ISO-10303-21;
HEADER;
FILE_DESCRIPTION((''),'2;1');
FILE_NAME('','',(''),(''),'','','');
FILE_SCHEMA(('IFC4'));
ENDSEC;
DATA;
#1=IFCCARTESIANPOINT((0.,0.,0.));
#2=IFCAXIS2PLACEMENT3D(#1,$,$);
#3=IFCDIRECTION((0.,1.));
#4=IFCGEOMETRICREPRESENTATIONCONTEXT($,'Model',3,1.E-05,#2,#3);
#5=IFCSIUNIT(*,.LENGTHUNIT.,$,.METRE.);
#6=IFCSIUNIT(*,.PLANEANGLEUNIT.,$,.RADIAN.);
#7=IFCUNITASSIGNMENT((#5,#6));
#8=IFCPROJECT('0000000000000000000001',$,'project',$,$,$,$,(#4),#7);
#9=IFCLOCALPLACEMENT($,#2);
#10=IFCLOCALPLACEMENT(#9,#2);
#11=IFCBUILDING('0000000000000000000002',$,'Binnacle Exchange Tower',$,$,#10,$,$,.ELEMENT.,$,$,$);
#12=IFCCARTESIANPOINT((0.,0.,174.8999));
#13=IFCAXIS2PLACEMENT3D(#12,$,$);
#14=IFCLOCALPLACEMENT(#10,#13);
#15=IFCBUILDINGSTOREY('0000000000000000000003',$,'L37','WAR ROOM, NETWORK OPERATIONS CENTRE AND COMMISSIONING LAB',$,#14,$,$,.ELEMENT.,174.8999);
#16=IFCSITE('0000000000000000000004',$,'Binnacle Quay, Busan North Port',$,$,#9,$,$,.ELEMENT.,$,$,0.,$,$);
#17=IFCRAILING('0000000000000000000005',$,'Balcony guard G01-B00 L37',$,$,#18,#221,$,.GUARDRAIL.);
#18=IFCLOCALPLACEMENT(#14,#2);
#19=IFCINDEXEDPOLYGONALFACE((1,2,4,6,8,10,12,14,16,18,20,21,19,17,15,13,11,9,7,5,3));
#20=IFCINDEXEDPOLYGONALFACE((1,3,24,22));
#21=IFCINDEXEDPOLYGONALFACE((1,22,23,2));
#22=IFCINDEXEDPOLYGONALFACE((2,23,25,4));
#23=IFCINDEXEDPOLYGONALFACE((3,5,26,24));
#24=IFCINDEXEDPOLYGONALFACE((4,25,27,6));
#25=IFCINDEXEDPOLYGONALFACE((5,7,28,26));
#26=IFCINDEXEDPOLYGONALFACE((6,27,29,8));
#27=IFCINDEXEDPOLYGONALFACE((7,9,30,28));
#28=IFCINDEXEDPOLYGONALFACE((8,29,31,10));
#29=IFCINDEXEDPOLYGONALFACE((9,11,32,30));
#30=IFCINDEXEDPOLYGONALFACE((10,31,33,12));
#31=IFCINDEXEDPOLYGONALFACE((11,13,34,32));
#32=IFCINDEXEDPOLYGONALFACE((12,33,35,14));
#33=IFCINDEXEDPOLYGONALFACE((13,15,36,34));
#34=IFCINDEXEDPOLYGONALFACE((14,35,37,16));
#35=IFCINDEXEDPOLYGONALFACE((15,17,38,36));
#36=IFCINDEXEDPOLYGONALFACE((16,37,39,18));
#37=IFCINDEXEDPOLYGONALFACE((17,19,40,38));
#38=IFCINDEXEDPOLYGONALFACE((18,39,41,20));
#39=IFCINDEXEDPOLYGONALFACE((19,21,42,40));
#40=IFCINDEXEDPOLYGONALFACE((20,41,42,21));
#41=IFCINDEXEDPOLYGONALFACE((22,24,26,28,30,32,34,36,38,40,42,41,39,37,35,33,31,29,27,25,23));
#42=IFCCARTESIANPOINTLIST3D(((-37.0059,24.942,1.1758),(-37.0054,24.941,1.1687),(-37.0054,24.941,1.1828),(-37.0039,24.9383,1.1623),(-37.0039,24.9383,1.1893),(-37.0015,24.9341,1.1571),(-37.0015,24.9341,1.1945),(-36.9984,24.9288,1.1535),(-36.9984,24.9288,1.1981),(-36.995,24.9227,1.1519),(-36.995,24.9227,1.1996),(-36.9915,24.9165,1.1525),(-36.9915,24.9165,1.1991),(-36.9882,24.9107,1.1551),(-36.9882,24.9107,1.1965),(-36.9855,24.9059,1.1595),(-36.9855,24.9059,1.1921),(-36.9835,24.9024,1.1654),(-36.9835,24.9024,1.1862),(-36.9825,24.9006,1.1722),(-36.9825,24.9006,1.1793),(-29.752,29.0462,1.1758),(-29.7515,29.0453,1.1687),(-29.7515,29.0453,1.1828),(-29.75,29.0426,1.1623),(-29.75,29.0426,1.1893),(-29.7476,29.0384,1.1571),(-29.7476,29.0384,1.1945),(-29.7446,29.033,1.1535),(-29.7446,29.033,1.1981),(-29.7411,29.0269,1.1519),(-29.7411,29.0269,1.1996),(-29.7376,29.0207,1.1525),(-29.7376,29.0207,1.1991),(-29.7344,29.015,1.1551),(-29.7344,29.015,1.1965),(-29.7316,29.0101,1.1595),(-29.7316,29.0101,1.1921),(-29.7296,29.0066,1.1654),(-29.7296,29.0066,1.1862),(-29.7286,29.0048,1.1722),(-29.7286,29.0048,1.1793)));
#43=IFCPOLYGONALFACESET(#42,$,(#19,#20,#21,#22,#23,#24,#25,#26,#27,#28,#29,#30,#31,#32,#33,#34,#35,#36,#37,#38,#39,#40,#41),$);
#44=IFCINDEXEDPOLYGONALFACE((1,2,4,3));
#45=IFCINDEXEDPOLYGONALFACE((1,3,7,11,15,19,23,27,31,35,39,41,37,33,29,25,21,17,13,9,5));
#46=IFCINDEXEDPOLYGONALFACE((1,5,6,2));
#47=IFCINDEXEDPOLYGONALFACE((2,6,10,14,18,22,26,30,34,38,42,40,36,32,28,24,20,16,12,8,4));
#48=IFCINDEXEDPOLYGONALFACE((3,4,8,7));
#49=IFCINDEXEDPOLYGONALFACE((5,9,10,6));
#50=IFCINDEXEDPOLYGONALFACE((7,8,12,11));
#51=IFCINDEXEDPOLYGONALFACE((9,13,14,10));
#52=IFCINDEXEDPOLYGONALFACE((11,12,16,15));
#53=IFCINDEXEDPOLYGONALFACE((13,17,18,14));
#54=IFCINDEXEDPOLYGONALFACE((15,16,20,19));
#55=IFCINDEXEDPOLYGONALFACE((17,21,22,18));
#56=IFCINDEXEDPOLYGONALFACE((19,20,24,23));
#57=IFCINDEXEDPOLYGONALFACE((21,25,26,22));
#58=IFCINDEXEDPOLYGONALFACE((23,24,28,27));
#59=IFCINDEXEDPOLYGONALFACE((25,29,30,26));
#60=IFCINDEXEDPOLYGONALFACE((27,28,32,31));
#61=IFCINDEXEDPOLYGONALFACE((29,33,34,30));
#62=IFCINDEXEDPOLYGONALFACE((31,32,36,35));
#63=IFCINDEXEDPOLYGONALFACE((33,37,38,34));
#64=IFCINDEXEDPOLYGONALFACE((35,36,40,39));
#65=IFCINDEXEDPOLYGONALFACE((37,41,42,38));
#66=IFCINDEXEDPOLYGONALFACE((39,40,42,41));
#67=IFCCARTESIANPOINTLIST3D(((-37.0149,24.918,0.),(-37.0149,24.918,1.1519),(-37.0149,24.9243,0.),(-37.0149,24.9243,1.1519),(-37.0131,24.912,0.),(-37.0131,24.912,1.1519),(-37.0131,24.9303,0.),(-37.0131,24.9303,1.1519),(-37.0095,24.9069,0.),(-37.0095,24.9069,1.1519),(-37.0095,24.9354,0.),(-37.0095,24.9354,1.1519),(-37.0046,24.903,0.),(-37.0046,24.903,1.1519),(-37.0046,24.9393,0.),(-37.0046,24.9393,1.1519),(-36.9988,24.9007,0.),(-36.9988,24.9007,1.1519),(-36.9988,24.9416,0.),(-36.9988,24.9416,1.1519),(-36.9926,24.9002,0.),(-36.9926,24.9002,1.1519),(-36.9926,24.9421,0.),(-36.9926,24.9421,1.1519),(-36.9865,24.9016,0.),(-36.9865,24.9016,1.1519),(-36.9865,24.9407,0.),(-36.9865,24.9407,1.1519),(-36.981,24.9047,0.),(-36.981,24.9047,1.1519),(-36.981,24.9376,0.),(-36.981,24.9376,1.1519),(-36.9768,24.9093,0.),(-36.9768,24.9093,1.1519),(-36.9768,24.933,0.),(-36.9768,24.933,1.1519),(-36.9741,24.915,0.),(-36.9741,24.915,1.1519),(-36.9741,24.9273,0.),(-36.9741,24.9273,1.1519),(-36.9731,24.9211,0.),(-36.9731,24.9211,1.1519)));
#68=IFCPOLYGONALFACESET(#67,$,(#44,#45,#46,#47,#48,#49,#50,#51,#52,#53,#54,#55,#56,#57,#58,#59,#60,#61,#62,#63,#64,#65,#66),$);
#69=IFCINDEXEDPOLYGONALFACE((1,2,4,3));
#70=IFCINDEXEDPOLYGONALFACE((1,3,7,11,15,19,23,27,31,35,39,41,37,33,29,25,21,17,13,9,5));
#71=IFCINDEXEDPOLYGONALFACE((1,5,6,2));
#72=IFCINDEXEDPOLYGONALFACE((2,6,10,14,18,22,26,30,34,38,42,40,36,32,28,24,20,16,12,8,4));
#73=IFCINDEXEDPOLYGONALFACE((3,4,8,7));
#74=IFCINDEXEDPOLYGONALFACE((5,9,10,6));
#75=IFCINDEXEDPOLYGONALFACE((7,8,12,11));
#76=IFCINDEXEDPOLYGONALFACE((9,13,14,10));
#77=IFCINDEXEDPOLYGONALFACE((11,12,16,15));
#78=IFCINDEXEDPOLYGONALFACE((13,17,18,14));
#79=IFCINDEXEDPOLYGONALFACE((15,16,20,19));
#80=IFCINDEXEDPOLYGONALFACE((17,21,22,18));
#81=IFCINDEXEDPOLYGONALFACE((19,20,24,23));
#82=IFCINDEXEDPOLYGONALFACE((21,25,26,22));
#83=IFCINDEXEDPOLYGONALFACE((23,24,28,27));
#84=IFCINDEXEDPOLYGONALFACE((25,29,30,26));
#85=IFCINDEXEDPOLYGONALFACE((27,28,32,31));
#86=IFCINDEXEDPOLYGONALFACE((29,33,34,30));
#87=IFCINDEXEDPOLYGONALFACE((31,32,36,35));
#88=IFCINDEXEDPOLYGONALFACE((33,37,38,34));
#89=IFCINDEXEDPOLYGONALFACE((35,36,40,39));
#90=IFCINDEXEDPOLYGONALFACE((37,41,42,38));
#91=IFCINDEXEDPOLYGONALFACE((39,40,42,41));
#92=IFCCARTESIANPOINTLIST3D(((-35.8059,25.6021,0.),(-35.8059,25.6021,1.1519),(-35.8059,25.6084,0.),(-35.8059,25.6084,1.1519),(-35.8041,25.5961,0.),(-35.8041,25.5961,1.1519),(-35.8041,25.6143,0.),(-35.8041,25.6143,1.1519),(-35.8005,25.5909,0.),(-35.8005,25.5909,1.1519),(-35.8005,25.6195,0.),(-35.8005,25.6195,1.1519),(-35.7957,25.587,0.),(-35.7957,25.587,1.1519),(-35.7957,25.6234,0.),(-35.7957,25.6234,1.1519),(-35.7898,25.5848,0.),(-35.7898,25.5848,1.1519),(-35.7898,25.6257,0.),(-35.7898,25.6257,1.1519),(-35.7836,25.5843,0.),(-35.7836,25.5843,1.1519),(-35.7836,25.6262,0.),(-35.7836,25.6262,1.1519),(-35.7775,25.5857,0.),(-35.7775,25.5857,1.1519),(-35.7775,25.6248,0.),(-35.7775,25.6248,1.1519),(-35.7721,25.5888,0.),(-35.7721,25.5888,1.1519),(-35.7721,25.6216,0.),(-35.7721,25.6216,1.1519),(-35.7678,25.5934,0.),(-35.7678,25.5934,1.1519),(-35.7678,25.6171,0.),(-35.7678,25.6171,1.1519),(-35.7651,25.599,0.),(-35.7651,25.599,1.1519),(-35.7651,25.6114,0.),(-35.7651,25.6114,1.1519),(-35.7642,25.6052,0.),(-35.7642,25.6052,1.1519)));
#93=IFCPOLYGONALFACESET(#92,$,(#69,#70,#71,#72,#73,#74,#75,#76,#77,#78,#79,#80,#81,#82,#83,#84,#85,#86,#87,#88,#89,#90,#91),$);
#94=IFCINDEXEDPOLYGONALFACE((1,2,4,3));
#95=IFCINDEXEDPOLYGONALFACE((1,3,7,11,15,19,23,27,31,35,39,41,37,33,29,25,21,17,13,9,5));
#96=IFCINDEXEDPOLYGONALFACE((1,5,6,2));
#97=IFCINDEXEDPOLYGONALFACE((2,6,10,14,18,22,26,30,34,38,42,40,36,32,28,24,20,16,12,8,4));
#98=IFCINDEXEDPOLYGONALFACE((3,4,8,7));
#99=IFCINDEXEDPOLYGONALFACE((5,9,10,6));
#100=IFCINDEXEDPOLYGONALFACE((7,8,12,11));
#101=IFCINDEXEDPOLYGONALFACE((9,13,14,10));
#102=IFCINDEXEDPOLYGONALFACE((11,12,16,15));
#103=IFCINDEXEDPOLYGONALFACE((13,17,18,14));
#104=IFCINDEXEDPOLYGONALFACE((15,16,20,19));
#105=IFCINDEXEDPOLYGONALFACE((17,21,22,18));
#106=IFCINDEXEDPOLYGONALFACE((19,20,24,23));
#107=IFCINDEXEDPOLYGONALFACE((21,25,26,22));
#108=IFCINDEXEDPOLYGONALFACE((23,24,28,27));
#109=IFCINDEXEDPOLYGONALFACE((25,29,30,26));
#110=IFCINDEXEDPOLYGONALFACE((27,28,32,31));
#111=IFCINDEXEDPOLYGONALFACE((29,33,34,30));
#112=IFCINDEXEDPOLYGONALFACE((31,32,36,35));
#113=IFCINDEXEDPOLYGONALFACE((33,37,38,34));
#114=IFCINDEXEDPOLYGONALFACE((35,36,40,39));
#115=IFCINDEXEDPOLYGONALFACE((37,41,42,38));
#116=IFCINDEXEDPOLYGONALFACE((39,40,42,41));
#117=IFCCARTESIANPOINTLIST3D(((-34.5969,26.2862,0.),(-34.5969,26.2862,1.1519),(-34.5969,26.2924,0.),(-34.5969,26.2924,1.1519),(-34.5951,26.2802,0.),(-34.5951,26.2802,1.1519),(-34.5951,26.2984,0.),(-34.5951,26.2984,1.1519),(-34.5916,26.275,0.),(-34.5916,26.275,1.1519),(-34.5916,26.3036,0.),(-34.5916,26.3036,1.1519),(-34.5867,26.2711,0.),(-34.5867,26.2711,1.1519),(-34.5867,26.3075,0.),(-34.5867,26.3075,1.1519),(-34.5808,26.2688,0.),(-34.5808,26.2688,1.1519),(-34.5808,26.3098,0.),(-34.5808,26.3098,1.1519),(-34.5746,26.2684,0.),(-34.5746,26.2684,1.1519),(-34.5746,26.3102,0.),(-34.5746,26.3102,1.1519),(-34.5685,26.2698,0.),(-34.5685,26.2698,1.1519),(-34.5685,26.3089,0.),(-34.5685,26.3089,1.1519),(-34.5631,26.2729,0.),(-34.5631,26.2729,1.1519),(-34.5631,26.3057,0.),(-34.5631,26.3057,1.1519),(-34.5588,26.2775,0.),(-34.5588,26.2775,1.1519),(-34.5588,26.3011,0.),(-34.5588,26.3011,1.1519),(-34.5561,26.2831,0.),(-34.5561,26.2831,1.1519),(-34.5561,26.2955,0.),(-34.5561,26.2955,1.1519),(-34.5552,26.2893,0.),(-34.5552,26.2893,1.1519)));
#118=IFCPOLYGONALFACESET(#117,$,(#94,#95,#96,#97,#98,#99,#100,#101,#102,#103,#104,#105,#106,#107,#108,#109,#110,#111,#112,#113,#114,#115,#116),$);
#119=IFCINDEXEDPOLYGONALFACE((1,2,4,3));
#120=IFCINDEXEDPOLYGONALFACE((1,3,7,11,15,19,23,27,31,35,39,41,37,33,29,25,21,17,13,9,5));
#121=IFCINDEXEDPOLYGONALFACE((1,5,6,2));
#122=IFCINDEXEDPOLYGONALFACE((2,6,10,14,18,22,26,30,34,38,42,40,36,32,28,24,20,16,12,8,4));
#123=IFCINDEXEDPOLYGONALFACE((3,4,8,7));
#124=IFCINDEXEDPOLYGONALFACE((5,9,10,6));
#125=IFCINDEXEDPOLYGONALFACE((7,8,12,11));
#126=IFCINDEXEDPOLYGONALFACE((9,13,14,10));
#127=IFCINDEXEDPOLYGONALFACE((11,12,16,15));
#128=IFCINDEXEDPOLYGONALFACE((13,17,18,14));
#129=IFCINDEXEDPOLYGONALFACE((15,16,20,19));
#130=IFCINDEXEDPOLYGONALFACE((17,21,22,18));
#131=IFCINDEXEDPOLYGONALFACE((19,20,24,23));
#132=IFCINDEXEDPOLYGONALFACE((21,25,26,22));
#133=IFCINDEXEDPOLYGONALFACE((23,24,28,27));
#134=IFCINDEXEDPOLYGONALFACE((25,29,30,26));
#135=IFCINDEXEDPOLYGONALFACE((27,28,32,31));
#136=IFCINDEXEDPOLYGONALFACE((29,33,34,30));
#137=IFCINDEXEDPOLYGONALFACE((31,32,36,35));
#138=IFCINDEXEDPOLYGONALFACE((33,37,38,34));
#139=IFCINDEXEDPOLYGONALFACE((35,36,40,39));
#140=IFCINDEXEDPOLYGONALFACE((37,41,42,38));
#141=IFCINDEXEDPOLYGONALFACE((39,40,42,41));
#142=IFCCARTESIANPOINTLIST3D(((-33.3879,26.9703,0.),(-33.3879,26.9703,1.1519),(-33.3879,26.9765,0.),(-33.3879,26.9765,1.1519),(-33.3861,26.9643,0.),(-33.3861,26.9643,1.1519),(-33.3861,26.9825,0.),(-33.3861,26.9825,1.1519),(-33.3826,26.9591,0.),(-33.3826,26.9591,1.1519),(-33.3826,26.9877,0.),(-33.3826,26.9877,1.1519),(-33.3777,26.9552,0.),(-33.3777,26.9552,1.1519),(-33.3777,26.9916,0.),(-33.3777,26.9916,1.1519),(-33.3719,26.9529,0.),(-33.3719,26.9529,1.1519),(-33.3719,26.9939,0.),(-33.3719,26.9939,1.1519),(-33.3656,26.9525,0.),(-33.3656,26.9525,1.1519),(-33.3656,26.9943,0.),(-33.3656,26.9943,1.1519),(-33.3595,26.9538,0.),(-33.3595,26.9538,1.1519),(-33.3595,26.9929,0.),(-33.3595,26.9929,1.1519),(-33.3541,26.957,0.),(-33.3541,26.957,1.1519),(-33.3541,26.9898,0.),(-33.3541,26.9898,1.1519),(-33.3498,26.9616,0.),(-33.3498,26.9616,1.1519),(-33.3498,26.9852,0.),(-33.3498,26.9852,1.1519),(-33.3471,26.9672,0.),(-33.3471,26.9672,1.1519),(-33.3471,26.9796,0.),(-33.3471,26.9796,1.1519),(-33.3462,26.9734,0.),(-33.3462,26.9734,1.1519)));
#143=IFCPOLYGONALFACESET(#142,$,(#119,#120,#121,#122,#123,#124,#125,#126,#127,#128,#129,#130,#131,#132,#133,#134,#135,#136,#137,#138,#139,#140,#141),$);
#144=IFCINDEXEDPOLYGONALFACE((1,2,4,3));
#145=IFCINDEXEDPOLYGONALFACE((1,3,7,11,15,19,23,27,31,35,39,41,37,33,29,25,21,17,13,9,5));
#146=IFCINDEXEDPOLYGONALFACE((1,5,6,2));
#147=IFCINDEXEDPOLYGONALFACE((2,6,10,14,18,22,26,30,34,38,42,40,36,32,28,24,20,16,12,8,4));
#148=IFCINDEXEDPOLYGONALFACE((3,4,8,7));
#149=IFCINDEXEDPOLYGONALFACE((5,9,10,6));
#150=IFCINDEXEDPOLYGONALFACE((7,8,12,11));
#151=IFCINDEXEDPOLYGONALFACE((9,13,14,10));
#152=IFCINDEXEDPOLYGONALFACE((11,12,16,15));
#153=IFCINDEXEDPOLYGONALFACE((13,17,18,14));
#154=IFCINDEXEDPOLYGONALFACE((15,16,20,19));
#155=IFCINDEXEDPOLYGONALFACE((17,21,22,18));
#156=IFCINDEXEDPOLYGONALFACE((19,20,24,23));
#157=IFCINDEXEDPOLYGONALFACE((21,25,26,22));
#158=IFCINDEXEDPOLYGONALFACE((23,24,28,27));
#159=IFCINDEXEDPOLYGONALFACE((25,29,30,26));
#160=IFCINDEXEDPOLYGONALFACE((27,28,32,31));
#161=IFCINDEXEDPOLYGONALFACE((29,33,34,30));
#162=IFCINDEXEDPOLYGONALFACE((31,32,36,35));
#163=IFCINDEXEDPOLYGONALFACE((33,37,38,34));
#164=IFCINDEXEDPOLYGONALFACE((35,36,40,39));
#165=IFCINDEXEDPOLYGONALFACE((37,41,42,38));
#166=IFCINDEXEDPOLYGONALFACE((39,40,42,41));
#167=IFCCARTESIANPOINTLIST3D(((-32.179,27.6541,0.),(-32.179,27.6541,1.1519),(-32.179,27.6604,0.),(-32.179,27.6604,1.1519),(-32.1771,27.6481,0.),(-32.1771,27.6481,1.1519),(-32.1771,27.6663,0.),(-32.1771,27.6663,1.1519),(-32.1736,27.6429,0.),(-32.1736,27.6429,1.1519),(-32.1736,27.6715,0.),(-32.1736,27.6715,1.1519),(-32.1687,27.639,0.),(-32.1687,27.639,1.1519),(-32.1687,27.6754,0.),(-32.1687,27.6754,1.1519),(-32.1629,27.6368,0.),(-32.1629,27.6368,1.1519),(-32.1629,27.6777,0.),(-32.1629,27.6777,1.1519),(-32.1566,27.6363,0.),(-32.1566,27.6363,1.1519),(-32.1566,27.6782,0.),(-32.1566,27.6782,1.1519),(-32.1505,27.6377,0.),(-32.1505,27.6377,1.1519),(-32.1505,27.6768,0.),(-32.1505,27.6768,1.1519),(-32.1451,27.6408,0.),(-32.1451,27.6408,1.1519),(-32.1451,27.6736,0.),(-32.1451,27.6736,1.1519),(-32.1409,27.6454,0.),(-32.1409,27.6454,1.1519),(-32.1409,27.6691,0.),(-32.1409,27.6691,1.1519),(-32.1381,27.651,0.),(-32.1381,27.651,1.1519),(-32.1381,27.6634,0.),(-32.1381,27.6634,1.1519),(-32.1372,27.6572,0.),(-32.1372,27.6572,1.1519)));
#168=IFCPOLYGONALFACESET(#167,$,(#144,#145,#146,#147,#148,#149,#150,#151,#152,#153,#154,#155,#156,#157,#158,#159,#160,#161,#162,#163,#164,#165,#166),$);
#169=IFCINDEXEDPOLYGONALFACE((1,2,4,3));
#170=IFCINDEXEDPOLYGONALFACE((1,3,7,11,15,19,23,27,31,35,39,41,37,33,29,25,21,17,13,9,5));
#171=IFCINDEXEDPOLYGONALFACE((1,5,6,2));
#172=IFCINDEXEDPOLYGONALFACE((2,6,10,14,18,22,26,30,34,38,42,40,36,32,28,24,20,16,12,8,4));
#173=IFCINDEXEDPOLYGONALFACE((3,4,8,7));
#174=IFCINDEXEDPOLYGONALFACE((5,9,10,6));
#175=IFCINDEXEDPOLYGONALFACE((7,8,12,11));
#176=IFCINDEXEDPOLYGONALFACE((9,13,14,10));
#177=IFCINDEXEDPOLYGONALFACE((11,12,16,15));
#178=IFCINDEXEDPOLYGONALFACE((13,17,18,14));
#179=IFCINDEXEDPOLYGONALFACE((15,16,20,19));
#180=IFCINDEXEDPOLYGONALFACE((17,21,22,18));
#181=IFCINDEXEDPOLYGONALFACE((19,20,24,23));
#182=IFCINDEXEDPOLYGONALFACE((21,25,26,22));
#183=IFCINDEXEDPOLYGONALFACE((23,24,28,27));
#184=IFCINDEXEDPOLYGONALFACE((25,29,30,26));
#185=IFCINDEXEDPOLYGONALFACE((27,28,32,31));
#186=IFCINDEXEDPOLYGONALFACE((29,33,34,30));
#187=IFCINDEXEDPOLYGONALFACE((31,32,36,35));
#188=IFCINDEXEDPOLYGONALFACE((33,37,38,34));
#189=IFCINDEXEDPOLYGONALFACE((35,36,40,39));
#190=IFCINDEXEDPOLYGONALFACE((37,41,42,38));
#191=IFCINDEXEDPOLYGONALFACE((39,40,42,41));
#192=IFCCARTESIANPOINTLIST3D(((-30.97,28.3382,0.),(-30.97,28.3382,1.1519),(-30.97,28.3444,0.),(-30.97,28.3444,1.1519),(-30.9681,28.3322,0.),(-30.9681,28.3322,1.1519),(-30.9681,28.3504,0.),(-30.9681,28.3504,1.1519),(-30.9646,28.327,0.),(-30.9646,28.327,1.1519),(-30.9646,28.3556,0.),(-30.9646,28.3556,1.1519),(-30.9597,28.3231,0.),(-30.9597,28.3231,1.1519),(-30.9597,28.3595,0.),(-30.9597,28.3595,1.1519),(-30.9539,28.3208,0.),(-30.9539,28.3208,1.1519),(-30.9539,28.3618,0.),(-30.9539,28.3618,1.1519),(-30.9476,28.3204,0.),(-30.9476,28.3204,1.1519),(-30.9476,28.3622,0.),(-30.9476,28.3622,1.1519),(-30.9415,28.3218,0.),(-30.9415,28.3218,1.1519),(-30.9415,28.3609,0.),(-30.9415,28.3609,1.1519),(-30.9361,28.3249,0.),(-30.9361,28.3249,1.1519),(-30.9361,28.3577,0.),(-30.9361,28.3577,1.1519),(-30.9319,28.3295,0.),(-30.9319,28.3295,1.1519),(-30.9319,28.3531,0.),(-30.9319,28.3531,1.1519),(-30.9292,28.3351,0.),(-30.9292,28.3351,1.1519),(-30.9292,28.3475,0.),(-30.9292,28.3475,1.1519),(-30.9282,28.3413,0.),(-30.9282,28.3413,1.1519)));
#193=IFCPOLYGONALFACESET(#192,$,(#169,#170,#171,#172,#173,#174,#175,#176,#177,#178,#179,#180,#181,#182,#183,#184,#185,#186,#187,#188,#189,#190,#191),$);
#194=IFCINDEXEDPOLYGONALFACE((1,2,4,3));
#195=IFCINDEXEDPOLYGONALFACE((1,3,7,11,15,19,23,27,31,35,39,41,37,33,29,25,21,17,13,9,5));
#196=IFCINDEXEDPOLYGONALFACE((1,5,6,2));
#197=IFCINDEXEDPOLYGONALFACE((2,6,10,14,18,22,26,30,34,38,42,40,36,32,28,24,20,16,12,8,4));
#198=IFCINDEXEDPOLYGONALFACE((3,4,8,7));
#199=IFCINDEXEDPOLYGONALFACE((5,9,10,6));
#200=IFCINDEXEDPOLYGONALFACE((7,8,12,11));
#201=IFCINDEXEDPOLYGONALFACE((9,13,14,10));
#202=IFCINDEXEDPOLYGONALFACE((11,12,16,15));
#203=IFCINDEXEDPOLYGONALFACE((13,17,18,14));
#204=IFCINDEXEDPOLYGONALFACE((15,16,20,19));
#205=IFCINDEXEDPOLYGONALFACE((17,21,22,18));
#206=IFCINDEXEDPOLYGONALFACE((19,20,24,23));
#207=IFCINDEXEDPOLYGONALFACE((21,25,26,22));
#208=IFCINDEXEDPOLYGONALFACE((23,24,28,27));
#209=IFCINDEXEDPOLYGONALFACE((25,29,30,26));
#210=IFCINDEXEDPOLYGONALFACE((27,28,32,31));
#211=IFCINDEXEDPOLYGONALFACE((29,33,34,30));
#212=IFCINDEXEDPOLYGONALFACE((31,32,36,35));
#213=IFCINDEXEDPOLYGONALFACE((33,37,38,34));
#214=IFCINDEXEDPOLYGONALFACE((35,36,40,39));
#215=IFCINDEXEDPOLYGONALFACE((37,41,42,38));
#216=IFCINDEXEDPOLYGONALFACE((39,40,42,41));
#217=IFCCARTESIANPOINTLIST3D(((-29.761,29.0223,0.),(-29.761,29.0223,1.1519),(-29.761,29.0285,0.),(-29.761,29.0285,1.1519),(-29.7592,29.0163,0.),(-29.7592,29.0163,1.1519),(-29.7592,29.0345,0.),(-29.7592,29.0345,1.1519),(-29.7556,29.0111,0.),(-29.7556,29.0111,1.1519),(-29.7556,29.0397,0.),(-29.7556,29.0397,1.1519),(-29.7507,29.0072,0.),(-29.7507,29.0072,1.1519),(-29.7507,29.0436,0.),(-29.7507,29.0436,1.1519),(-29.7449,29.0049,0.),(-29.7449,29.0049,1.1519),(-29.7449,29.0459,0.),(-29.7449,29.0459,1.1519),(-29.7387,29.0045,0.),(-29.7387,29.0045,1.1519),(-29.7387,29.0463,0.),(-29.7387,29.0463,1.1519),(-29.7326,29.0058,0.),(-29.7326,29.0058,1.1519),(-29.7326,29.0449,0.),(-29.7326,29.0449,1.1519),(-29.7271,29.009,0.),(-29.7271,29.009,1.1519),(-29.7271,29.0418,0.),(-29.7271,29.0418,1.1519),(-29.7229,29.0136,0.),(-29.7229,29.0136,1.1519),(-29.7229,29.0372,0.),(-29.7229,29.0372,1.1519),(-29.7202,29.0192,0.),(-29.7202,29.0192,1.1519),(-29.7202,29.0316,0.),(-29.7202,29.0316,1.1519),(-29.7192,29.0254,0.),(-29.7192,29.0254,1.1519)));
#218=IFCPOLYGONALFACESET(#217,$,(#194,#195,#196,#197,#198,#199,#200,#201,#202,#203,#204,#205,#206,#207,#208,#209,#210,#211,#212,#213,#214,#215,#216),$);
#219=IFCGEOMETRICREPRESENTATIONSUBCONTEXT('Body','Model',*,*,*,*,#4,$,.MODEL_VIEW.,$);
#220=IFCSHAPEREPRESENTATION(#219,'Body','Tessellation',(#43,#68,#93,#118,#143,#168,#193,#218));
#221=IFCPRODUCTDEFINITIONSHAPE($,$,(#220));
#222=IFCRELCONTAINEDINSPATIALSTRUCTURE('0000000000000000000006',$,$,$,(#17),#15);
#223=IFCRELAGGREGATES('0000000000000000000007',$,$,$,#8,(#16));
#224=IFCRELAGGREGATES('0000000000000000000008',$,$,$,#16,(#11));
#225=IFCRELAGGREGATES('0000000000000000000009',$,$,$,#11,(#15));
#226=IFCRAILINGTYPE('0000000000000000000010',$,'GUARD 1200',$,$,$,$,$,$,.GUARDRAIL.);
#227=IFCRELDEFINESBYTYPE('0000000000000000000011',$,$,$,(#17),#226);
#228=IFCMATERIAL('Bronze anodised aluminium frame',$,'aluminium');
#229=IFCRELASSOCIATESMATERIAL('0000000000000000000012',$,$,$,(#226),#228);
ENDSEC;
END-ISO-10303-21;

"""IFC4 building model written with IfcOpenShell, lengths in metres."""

from ifc_helpers import new_model, si_unit, direction, frame, origin, origin_2d, place, context, subcontext, project, spatial, circle, extrude, material, type_object, element, save


model = new_model("IFC4")

# Units and contexts
model_context = context("Model", 3, precision=1e-05, world=origin(), true_north=direction((0.0, 1.0)))
body_context = subcontext(model_context, "Body", "Model", "MODEL_VIEW")
ifc_project = project(units=[si_unit("LENGTHUNIT", "METRE"), si_unit("PLANEANGLEUNIT", "RADIAN")], contexts=[model_context])

# Site, building, storey
site_placement = place(None, origin())
site = spatial("IfcSite", under=ifc_project, at=site_placement, Name="Binnacle Quay, Busan North Port", CompositionType="ELEMENT", RefElevation=0.0)
building_placement = place(site_placement, origin())
building = spatial("IfcBuilding", under=site, at=building_placement, Name="Binnacle Exchange Tower", CompositionType="ELEMENT")
storey_placement = place(building_placement, frame((0.0, 0.0, 174.8999)))
storey = spatial("IfcBuildingStorey", under=building, at=storey_placement, Name="L37", Description="WAR ROOM, NETWORK OPERATIONS CENTRE AND COMMISSIONING LAB", CompositionType="ELEMENT", Elevation=174.8999)

# Railing
ifc_material_1 = material(Name="Bronze anodised aluminium frame", Category="aluminium")
railing_type_1 = type_object("IfcRailingType", Name="GUARD 1200", PredefinedType="GUARDRAIL", material=ifc_material_1)
railing_1_placement = place(storey_placement, frame((-36.9941, 24.9211, 0.0)))
element("IfcRailing", 1, at=railing_1_placement, inside=storey, type_object=railing_type_1, Name="Balcony guard G01-B00 L37", PredefinedType="GUARDRAIL", context=body_context, shape_type="SweptSolid", body=[
    extrude(circle(Radius=0.0239, at=origin_2d()), frame((0.0, 0.0, 1.1758), z_axis=(0.870346, 0.49244, 0.0), x_axis=(-0.49244, 0.870346, 0.0)), (0.0, 0.0, 1.0), 8.3345),
    extrude(circle(Radius=0.021, at=origin_2d()), origin(), (0.0, 0.0, 1.0), 1.1519),
    extrude(circle(Radius=0.021, at=origin_2d()), frame((1.209, 0.6841, 0.0)), (0.0, 0.0, 1.0), 1.1519),
    extrude(circle(Radius=0.021, at=origin_2d()), frame((2.418, 1.3682, 0.0)), (0.0, 0.0, 1.0), 1.1519),
    extrude(circle(Radius=0.021, at=origin_2d()), frame((3.627, 2.0522, 0.0)), (0.0, 0.0, 1.0), 1.1519),
    extrude(circle(Radius=0.021, at=origin_2d()), frame((4.8359, 2.7361, 0.0)), (0.0, 0.0, 1.0), 1.1519),
    extrude(circle(Radius=0.021, at=origin_2d()), frame((6.0449, 3.4202, 0.0)), (0.0, 0.0, 1.0), 1.1519),
    extrude(circle(Radius=0.021, at=origin_2d()), frame((7.2539, 4.1042, 0.0)), (0.0, 0.0, 1.0), 1.1519),
])

save(model, "model.ifc")
